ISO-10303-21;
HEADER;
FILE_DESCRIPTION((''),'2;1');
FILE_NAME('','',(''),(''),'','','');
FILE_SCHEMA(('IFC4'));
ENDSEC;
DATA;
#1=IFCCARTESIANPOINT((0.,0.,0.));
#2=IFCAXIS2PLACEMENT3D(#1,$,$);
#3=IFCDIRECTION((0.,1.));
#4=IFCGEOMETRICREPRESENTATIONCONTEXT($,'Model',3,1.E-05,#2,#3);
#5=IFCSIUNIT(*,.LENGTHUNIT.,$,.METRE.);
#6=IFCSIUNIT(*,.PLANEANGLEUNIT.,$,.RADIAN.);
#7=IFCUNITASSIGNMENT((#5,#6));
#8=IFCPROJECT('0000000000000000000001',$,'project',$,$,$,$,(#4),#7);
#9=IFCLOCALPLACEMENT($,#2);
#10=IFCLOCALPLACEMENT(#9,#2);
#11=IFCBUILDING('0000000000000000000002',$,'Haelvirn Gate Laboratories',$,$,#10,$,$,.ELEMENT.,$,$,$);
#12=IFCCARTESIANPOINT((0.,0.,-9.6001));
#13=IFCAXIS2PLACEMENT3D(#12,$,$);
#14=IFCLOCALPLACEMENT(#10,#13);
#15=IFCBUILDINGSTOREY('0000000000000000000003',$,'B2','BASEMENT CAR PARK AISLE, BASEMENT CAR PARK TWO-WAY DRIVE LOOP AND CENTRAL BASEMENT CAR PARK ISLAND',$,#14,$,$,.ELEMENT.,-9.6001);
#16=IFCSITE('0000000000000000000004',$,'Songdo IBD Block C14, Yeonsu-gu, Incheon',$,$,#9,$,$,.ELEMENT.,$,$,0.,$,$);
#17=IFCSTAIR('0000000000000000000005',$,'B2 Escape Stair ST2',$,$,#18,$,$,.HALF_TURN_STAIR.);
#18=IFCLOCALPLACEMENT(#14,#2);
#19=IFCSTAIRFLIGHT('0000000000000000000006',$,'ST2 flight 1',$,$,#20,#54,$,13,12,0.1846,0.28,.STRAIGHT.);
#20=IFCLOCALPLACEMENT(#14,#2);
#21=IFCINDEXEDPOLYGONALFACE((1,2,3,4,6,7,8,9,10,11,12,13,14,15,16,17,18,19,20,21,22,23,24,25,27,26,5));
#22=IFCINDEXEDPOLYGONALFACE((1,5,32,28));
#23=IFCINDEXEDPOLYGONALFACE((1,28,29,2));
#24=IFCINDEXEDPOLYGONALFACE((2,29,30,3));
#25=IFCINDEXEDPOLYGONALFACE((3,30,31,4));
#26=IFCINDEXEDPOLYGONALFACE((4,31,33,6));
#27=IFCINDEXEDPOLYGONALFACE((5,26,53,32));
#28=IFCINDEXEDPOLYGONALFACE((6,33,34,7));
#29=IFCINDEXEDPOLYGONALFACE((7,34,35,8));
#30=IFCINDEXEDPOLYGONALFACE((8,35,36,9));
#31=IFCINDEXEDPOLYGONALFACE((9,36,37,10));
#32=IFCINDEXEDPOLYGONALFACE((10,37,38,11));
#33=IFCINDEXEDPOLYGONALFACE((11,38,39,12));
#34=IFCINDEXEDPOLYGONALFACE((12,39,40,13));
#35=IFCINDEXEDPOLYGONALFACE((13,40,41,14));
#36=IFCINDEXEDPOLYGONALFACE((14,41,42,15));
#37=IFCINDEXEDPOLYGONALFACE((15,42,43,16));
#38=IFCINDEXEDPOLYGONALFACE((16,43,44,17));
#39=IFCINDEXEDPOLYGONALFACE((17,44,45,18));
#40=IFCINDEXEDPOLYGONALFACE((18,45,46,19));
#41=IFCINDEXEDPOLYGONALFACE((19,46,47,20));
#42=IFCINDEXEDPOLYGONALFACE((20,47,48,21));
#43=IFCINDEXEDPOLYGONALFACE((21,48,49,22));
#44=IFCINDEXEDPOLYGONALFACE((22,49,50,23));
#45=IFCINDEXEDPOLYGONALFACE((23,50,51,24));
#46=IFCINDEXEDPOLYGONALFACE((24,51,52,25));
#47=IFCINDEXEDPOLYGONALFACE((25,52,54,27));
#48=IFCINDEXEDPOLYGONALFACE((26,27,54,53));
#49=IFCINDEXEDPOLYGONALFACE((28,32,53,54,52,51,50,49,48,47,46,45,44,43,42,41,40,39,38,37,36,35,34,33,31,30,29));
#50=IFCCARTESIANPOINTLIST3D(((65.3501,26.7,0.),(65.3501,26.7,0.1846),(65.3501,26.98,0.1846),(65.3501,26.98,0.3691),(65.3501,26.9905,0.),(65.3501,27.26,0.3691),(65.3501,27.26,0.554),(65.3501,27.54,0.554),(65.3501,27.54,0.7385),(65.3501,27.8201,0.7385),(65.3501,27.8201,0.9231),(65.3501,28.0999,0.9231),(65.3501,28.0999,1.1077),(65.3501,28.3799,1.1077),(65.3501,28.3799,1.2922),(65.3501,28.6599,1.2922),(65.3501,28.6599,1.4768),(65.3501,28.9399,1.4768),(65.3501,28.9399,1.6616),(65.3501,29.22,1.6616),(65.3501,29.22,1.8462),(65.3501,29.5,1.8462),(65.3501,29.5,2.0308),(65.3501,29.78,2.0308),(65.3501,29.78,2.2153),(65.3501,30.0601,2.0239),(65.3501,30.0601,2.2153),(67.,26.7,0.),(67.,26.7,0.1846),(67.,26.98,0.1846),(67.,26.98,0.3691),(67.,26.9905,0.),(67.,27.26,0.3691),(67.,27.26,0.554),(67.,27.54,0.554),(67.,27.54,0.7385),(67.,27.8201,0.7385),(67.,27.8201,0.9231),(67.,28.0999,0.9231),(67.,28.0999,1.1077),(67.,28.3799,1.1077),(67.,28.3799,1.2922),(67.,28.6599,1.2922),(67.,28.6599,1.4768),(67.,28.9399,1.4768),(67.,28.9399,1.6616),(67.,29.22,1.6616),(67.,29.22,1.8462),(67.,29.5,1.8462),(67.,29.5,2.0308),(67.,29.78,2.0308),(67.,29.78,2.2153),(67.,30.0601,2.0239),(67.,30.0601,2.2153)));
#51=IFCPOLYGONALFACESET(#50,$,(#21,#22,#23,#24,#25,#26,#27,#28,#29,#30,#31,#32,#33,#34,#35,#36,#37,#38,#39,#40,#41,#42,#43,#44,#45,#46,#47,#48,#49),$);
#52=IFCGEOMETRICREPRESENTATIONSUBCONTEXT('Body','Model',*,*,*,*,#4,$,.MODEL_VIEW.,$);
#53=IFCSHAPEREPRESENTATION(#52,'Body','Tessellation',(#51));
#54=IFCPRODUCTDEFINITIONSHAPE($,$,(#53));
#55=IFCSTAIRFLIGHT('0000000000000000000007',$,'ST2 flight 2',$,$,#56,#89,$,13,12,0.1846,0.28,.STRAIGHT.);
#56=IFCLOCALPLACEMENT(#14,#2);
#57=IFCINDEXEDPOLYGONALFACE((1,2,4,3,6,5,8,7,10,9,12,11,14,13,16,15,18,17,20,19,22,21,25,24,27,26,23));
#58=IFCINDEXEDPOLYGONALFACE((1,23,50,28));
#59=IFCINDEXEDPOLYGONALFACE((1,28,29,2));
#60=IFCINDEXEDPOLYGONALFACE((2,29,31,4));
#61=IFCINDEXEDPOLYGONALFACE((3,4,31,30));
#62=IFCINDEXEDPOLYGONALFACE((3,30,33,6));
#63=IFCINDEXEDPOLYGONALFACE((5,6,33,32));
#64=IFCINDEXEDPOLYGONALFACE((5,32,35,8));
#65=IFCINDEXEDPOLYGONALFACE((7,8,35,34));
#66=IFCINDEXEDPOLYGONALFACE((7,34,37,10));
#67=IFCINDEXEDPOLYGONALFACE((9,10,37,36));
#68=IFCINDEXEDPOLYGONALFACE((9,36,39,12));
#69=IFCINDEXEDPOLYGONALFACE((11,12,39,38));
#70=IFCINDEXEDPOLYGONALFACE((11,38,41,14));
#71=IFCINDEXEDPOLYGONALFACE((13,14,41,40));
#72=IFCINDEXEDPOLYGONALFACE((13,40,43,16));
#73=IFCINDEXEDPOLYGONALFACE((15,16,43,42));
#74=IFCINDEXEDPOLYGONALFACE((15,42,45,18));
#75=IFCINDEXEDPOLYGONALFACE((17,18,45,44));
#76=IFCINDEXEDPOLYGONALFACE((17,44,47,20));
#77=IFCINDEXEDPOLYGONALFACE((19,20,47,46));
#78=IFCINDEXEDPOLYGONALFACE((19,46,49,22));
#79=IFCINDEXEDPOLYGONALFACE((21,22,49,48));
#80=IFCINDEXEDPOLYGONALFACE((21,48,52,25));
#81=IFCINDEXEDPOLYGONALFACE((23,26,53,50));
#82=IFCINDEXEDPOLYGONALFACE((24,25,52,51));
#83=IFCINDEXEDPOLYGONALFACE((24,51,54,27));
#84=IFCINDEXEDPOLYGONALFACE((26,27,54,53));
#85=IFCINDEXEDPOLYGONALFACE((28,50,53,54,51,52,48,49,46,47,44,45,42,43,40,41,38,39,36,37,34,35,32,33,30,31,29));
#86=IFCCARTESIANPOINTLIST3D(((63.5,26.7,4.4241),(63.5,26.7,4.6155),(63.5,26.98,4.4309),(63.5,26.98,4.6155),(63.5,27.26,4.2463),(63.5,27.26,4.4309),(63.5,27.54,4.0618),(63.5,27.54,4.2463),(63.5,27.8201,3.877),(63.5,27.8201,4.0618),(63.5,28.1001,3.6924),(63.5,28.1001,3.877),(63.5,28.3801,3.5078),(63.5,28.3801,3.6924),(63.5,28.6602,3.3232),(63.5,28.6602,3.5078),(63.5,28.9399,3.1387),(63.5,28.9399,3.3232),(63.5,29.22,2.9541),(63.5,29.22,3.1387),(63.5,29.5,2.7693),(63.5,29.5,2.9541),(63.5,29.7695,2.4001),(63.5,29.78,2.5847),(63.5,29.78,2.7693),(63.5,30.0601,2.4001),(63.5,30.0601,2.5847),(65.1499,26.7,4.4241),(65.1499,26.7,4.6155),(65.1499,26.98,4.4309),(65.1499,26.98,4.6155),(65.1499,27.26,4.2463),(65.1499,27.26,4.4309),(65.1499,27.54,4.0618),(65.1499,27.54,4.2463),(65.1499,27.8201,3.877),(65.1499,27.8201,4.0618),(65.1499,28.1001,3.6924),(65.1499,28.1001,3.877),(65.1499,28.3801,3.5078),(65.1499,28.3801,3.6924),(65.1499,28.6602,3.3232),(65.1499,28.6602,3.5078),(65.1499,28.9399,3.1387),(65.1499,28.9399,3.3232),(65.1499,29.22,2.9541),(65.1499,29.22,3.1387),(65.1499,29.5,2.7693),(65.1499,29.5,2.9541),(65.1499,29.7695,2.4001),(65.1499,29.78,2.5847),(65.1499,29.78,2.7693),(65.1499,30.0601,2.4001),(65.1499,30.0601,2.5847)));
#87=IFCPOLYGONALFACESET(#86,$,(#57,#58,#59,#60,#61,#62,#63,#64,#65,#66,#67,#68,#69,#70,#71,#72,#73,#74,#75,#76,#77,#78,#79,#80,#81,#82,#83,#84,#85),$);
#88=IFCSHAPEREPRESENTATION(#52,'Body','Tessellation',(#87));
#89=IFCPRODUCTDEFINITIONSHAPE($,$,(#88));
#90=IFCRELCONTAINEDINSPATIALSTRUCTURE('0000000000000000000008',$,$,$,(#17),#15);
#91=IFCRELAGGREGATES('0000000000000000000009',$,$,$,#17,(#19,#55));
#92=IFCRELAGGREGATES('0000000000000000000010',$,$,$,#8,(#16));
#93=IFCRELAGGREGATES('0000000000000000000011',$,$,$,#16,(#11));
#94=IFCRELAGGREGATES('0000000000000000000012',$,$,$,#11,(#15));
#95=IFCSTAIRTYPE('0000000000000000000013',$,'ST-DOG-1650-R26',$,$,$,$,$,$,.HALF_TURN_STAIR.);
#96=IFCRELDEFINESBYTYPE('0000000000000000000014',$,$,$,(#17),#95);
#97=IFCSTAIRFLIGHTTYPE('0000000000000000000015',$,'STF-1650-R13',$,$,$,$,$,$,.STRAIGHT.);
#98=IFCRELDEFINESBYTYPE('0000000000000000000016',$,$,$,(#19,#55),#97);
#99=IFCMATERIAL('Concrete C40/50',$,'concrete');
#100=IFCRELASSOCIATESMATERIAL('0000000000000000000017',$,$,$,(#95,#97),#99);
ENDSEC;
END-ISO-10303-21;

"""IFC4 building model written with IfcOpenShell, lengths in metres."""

from ifc_helpers import new_model, si_unit, direction, frame, origin, place, context, subcontext, project, spatial, polyline, outline, extrude, source, transform, mapped, material, type_object, type_shapes, element, aggregate, save


model = new_model("IFC4")

# Units and contexts
model_context = context("Model", 3, precision=1e-05, world=origin(), true_north=direction((0.0, 1.0)))
body_context = subcontext(model_context, "Body", "Model", "MODEL_VIEW")
ifc_project = project(units=[si_unit("LENGTHUNIT", "METRE"), si_unit("PLANEANGLEUNIT", "RADIAN")], contexts=[model_context])

# Site, building, storey
site_placement = place(None, origin())
site = spatial("IfcSite", under=ifc_project, at=site_placement, Name="Songdo IBD Block C14, Yeonsu-gu, Incheon", CompositionType="ELEMENT", RefElevation=0.0)
building_placement = place(site_placement, origin())
building = spatial("IfcBuilding", under=site, at=building_placement, Name="Haelvirn Gate Laboratories", CompositionType="ELEMENT")
storey_placement = place(building_placement, frame((0.0, 0.0, -9.6001)))
storey = spatial("IfcBuildingStorey", under=building, at=storey_placement, Name="B2", Description="BASEMENT CAR PARK AISLE, BASEMENT CAR PARK TWO-WAY DRIVE LOOP AND CENTRAL BASEMENT CAR PARK ISLAND", CompositionType="ELEMENT", Elevation=-9.6001)

# Stair, stair flights
ifc_material_1 = material(Name="Concrete C40/50", Category="concrete")
stair_type = type_object("IfcStairType", Name="ST-DOG-1650-R26", PredefinedType="HALF_TURN_STAIR", material=ifc_material_1)
stair_placement = place(storey_placement, origin())
stair = element("IfcStair", 1, at=stair_placement, inside=storey, type_object=stair_type, Name="B2 Escape Stair ST2", PredefinedType="HALF_TURN_STAIR")
stair_flight_type = type_object("IfcStairFlightType", Name="STF-1650-R13", PredefinedType="STRAIGHT", material=ifc_material_1)
shared_shape_1 = source(origin(), body_context, "Body", "SweptSolid", [
    extrude(outline(polyline([(0.0, 0.0), (0.0, 0.1846), (0.28, 0.1846), (0.28, 0.3691), (0.5601, 0.3691), (0.5601, 0.554), (0.8401, 0.554), (0.8401, 0.7385), (1.1201, 0.7385), (1.1201, 0.9231), (1.3999, 0.9231), (1.3999, 1.1077), (1.6799, 1.1077), (1.6799, 1.2922), (1.96, 1.2922), (1.96, 1.4768), (2.24, 1.4768), (2.24, 1.6616), (2.52, 1.6616), (2.52, 1.8462), (2.8, 1.8462), (2.8, 2.0308), (3.0801, 2.0308), (3.0801, 2.2153), (3.3601, 2.2153), (3.3601, 2.3999), (3.3601, 2.0239), (0.2905, 0.0), (0.0, 0.0)])), frame((0.0, 0.825, 0.0), z_axis=(0.0, -1.0, 0.0), x_axis=(1.0, 0.0, 0.0)), (0.0, 0.0, 1.0), 1.6499),
])
type_shapes(stair_flight_type, [shared_shape_1])
stair_flight_1_placement = place(storey_placement, frame((66.175, 26.7, 0.0), z_axis=(0.0, 0.0, 1.0), x_axis=(0.0, 1.0, 0.0)))
stair_flight_1 = element("IfcStairFlight", 2, at=stair_flight_1_placement, type_object=stair_flight_type, Name="ST2 flight 1", NumberOfRisers=13, NumberOfTreads=12, PredefinedType="STRAIGHT", RiserHeight=0.1846, TreadLength=0.28, context=body_context, shape_type="MappedRepresentation", body=[
    mapped(shared_shape_1, transform((0.0, 0.0, 0.0), scale=1.0)),
])
stair_flight_2_placement = place(storey_placement, frame((64.325, 30.0601, 2.4001), z_axis=(0.0, 0.0, 1.0), x_axis=(0.0, -1.0, 0.0)))
stair_flight_2 = element("IfcStairFlight", 3, at=stair_flight_2_placement, type_object=stair_flight_type, Name="ST2 flight 2", NumberOfRisers=13, NumberOfTreads=12, PredefinedType="STRAIGHT", RiserHeight=0.1846, TreadLength=0.28, context=body_context, shape_type="MappedRepresentation", body=[
    mapped(shared_shape_1, transform((0.0, 0.0, 0.0), scale=1.0)),
])
aggregate(stair, [stair_flight_1, stair_flight_2])

save(model, "model.ifc")
